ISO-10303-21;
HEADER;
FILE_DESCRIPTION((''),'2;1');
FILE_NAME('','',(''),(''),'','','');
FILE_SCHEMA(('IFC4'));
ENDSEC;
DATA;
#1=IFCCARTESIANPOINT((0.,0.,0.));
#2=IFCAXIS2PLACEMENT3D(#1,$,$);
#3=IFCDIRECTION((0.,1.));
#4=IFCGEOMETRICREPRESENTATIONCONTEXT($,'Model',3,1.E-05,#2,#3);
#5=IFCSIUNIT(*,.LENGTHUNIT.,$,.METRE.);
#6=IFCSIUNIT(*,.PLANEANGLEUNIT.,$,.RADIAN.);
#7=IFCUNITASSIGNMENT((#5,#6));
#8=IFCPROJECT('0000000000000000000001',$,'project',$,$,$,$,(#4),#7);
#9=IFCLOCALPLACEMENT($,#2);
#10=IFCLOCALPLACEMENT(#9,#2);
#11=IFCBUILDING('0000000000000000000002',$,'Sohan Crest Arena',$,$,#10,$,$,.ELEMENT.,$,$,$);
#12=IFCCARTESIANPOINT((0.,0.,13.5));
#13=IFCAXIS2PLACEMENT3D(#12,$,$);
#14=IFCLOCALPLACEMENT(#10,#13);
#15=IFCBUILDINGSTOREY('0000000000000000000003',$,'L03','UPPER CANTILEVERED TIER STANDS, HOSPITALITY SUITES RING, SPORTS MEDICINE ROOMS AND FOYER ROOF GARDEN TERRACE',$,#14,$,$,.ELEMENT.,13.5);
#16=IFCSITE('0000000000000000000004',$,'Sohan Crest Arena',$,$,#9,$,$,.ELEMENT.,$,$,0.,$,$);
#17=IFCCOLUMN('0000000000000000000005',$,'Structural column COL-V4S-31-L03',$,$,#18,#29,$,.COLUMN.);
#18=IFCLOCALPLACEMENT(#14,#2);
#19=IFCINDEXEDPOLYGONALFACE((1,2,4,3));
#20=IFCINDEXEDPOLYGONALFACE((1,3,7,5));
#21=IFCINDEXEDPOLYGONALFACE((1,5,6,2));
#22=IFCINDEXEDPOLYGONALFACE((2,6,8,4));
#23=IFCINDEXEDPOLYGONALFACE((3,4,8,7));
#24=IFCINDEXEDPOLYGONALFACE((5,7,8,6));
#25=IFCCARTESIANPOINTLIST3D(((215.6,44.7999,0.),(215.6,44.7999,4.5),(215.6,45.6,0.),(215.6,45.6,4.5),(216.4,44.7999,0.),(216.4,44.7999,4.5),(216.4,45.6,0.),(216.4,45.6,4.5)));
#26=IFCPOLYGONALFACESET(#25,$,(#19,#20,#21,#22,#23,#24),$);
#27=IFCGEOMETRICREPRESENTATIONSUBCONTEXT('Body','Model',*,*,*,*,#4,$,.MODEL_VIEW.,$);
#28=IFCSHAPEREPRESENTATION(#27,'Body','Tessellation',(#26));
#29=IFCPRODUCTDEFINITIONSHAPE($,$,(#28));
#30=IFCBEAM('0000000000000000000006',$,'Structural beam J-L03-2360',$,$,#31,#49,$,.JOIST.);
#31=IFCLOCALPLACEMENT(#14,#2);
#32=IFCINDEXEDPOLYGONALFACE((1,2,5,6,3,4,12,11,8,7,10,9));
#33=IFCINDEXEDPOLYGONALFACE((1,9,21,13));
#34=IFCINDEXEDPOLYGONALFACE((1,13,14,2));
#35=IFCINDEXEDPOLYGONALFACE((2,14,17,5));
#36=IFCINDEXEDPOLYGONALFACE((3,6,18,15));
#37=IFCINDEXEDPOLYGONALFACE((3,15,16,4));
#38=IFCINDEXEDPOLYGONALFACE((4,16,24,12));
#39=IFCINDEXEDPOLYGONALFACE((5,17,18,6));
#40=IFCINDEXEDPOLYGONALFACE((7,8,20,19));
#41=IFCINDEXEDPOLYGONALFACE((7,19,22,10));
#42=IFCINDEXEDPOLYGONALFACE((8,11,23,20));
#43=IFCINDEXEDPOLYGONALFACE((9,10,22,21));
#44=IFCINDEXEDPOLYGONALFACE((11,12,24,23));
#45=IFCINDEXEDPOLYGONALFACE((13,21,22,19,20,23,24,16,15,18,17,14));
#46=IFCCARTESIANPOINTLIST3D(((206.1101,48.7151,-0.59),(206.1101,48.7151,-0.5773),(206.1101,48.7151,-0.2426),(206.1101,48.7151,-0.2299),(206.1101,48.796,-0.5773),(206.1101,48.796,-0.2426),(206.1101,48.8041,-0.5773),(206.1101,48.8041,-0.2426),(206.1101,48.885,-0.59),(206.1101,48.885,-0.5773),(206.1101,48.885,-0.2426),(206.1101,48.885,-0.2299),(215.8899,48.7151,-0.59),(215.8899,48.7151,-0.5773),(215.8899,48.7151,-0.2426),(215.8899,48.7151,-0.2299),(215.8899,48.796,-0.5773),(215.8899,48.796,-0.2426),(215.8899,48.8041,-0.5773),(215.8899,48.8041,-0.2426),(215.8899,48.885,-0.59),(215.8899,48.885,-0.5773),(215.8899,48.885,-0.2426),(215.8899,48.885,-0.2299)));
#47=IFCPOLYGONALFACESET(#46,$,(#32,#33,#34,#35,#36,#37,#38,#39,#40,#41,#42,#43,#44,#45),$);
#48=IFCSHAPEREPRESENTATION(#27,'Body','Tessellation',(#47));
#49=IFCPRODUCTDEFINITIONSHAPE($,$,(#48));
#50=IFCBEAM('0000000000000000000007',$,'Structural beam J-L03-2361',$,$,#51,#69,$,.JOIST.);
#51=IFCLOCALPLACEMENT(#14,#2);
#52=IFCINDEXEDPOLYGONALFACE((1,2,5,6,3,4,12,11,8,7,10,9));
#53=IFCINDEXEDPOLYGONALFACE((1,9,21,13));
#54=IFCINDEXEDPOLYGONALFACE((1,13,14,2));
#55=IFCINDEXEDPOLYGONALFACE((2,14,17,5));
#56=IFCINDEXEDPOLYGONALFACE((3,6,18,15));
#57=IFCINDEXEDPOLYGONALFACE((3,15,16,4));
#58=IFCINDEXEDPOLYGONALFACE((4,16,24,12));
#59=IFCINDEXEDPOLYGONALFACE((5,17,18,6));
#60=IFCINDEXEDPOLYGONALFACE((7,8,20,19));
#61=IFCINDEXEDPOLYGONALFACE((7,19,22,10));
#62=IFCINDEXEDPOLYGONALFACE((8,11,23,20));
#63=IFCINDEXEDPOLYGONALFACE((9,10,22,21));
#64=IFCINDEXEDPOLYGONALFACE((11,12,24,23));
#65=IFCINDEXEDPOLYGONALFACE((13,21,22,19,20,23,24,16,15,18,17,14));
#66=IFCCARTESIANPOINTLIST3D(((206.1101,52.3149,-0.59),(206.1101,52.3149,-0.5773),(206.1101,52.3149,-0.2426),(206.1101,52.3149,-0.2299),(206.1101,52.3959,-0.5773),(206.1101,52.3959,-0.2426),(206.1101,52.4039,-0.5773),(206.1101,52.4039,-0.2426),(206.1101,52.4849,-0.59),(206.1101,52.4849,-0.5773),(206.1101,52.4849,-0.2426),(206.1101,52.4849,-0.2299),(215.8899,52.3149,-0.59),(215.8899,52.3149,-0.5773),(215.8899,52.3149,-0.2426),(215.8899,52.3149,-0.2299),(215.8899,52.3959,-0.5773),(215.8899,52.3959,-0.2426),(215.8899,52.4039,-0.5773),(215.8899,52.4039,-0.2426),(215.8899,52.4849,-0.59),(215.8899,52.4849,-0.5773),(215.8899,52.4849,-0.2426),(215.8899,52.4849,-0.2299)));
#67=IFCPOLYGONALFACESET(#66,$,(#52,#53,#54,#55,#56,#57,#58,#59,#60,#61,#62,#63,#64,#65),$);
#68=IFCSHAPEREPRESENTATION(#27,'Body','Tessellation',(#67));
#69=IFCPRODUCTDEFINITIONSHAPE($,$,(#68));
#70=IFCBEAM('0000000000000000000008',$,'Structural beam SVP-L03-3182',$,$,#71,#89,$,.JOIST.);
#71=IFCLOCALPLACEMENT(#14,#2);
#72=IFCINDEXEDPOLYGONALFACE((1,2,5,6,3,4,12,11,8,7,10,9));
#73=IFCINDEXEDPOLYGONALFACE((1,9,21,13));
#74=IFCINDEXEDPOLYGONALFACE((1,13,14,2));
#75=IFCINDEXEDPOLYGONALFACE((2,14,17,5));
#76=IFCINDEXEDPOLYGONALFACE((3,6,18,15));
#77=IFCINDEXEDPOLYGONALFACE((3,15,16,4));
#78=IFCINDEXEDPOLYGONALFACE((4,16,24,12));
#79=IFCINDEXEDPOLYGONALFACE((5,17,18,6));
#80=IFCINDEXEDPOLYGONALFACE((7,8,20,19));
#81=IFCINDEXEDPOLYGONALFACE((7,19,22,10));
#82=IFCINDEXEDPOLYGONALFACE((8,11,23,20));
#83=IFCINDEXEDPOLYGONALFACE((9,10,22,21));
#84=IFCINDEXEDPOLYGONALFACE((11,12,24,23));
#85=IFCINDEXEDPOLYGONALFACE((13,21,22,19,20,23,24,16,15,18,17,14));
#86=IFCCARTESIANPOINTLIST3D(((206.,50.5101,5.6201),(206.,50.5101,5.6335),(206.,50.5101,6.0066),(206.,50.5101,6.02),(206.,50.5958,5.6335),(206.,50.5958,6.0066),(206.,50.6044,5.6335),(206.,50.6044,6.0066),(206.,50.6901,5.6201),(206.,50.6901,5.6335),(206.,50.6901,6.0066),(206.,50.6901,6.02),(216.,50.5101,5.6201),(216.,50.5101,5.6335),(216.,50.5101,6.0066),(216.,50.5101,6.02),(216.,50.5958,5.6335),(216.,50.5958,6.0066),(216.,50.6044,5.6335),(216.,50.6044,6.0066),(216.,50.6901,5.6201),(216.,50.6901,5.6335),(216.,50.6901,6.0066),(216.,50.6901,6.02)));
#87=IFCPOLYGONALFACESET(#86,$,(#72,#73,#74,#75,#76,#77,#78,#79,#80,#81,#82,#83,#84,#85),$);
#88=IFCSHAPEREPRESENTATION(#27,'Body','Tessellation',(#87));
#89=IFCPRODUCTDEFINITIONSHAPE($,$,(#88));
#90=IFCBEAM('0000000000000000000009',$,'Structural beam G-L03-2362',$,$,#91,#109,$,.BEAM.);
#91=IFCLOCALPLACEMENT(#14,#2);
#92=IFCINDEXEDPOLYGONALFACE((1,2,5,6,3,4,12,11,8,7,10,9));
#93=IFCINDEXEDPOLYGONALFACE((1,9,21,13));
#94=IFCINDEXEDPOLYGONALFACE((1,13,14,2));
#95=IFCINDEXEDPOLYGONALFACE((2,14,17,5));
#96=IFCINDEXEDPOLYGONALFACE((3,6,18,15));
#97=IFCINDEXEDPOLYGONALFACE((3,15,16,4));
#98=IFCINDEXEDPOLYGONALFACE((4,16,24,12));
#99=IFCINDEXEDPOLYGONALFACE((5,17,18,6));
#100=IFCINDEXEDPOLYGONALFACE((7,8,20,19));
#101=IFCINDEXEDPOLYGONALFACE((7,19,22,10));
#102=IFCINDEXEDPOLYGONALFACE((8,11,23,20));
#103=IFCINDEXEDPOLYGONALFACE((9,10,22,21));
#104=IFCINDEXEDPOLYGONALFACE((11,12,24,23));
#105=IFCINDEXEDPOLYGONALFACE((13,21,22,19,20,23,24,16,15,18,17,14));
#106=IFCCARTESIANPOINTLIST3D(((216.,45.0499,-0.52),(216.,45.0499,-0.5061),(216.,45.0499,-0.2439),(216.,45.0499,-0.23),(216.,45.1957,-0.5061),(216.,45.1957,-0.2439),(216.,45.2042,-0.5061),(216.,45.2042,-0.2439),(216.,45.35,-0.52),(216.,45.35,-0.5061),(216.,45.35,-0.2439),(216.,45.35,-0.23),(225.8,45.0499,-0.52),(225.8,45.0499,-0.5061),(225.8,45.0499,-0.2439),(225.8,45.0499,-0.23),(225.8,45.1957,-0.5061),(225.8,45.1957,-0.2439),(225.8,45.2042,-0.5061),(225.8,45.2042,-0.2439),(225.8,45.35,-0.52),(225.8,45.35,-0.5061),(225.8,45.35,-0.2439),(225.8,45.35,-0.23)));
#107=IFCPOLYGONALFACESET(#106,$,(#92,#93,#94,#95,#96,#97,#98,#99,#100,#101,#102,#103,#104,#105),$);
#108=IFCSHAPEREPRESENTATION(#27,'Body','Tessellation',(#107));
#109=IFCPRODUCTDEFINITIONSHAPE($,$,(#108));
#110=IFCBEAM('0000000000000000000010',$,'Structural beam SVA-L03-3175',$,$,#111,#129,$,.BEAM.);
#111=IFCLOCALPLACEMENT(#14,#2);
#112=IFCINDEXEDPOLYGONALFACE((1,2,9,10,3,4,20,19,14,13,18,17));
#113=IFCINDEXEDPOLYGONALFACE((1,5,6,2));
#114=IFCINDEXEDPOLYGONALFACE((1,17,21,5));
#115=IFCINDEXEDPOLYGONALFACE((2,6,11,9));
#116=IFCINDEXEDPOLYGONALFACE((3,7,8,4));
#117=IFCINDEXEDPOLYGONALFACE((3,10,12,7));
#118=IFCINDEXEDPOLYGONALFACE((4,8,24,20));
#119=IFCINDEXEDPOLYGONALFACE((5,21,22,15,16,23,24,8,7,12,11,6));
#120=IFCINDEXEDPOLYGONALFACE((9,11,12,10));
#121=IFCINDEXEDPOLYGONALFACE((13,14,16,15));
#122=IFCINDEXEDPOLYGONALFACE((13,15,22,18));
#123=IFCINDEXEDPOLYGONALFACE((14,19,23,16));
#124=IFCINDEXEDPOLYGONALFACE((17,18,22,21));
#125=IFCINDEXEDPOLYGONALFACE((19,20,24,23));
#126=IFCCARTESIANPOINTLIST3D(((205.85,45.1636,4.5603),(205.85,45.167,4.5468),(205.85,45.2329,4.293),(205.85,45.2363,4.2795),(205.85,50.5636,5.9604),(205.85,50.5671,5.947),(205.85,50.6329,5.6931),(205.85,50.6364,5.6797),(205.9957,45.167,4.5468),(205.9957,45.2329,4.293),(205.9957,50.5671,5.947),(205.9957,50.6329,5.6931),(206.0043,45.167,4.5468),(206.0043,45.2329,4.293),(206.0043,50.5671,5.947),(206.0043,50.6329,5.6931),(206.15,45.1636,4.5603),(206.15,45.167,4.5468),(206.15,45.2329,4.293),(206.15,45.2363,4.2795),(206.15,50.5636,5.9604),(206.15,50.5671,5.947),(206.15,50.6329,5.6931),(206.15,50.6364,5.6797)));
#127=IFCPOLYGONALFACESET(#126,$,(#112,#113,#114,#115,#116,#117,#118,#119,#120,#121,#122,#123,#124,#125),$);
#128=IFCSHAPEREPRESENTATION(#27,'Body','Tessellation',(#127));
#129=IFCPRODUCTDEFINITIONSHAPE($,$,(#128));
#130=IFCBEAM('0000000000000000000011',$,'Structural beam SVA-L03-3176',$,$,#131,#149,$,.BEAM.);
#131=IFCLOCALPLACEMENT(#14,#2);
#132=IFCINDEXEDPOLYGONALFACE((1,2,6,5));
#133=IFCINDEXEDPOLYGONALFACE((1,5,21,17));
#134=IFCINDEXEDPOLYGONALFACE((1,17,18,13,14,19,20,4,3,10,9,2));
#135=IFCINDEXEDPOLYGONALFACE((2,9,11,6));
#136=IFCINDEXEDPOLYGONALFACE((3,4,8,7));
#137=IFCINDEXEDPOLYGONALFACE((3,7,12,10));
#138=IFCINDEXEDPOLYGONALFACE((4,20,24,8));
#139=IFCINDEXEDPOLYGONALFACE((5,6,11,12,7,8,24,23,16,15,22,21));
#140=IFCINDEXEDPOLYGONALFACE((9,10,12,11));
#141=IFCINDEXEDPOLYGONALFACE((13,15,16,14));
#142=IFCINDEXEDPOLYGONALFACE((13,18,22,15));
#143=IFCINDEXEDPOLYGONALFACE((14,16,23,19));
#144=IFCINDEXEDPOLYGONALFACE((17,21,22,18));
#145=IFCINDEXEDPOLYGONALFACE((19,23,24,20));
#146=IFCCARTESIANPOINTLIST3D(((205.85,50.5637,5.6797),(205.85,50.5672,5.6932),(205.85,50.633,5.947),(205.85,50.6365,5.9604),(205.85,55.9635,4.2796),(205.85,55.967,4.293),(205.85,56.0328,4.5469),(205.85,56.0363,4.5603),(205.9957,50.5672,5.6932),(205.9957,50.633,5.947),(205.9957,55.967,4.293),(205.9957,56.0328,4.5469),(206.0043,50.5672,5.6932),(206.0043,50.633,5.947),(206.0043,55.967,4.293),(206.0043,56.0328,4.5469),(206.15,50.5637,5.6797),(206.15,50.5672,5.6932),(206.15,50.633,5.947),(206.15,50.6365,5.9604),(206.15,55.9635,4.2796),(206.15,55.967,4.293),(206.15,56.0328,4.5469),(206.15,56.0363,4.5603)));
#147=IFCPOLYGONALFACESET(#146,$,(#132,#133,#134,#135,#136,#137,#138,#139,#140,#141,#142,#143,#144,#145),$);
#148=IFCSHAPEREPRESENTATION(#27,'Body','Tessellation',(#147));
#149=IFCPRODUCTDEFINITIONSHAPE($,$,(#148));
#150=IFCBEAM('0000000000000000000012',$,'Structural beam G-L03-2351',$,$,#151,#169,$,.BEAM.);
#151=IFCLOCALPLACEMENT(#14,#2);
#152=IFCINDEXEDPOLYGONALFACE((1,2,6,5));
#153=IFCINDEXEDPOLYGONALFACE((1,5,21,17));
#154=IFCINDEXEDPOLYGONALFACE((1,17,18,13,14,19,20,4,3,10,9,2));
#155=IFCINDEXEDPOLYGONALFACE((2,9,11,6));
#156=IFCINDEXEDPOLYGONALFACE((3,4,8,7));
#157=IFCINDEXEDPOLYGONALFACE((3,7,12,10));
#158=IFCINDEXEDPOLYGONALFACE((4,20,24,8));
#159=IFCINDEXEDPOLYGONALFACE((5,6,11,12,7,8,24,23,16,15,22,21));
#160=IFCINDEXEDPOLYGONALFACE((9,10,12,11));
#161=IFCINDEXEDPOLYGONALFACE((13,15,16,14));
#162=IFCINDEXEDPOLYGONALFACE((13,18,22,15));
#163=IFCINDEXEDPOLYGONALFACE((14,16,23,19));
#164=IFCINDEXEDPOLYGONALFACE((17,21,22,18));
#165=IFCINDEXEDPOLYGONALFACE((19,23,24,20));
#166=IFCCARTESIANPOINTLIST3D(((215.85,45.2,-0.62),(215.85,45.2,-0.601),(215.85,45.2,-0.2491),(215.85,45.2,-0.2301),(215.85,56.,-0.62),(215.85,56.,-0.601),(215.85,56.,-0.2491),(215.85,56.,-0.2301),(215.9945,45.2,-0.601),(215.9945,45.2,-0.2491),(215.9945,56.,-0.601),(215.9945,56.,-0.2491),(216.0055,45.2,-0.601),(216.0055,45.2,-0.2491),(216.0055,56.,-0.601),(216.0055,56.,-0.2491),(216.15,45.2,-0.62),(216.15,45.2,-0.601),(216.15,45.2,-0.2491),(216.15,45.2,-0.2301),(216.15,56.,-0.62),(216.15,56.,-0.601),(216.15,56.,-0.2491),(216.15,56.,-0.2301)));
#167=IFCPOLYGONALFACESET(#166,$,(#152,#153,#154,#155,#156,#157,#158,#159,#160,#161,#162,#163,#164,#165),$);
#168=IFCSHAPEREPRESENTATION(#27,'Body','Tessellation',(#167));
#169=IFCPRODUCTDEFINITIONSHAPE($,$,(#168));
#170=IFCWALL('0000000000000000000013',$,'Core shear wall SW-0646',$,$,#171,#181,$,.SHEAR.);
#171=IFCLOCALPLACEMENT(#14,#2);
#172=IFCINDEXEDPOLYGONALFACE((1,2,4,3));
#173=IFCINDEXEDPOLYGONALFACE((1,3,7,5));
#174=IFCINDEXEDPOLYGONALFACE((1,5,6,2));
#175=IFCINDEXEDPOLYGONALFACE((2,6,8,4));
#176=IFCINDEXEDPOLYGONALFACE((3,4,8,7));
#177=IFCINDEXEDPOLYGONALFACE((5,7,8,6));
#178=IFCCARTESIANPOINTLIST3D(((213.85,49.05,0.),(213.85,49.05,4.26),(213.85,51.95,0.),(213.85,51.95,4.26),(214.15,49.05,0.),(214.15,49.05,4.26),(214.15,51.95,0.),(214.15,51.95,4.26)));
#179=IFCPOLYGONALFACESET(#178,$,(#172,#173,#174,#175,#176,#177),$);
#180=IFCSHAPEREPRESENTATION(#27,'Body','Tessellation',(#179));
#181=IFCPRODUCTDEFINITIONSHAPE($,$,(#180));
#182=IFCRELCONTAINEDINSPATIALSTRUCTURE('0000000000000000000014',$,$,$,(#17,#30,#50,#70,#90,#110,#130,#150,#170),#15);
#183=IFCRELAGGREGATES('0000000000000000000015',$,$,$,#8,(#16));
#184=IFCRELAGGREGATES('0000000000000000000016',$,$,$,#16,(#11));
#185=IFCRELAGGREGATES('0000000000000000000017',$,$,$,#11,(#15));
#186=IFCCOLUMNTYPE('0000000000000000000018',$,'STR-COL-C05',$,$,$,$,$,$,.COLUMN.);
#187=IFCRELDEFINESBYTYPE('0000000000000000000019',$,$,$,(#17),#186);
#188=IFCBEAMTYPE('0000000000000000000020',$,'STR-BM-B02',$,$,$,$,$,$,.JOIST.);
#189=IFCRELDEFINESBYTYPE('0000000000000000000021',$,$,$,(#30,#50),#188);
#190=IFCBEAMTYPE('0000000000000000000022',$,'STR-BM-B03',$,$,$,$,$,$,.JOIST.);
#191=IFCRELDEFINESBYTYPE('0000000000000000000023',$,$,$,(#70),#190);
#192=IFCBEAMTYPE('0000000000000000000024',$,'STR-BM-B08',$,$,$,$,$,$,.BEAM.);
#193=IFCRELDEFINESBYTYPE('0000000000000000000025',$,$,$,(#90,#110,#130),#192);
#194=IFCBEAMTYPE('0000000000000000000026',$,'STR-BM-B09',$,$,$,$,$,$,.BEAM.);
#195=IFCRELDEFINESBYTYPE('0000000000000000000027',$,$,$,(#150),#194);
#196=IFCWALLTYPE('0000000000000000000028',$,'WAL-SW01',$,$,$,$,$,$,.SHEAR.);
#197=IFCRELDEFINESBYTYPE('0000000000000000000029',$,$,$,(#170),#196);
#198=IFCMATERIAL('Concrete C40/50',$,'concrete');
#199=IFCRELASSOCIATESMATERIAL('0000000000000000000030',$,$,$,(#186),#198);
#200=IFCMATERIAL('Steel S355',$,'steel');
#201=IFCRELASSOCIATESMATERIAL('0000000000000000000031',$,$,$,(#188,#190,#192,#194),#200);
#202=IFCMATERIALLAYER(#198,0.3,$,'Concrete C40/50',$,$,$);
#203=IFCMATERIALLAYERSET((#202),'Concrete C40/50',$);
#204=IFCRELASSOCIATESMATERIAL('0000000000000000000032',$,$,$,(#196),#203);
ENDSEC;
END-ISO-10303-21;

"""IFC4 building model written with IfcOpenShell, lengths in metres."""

from ifc_helpers import new_model, si_unit, direction, frame, frame_2d, origin, origin_2d, place, context, subcontext, project, spatial, rectangle, i_section, extrude, material, layer, layer_set, material_profile, profile_set, type_object, element, save


model = new_model("IFC4")

# Units and contexts
model_context = context("Model", 3, precision=1e-05, world=origin(), true_north=direction((0.0, 1.0)))
body_context = subcontext(model_context, "Body", "Model", "MODEL_VIEW")
ifc_project = project(units=[si_unit("LENGTHUNIT", "METRE"), si_unit("PLANEANGLEUNIT", "RADIAN")], contexts=[model_context])

# Site, building, storey
site_placement = place(None, origin())
site = spatial("IfcSite", under=ifc_project, at=site_placement, Name="Sohan Crest Arena", CompositionType="ELEMENT", RefElevation=0.0)
building_placement = place(site_placement, origin())
building = spatial("IfcBuilding", under=site, at=building_placement, Name="Sohan Crest Arena", CompositionType="ELEMENT")
storey_placement = place(building_placement, frame((0.0, 0.0, 13.5)))
storey = spatial("IfcBuildingStorey", under=building, at=storey_placement, Name="L03", Description="UPPER CANTILEVERED TIER STANDS, HOSPITALITY SUITES RING, SPORTS MEDICINE ROOMS AND FOYER ROOF GARDEN TERRACE", CompositionType="ELEMENT", Elevation=13.5)

# Column
ifc_material_1 = material(Name="Concrete C40/50", Category="concrete")
ifc_material_profile_1 = material_profile(ifc_material_1, rectangle(XDim=0.8, YDim=0.8, at=origin_2d()), Name="RC 800x800")
ifc_profile_set_1 = profile_set([ifc_material_profile_1], Name="Concrete C40/50")
column_type = type_object("IfcColumnType", Name="STR-COL-C05", PredefinedType="COLUMN", material=ifc_profile_set_1)
column_placement = place(storey_placement, frame((216.0, 45.2, 0.0), z_axis=(0.0, 0.0, 1.0), x_axis=(1.0, 0.0, 0.0)))
element("IfcColumn", 1, at=column_placement, inside=storey, type_object=column_type, Name="Structural column COL-V4S-31-L03", PredefinedType="COLUMN", context=body_context, shape_type="SweptSolid", body=[
    extrude(rectangle(XDim=0.8, YDim=0.8, at=origin_2d()), origin(), (0.0, 0.0, 1.0), 4.5),
])

# Beams
ifc_material_2 = material(Name="Steel S355", Category="steel")
ifc_material_profile_2 = material_profile(ifc_material_2, i_section(OverallWidth=0.1699, OverallDepth=0.3601, WebThickness=0.0081, FlangeThickness=0.0127, at=origin_2d()), Name="IPE 360")
ifc_profile_set_2 = profile_set([ifc_material_profile_2], Name="Steel S355")
beam_type_1 = type_object("IfcBeamType", Name="STR-BM-B02", PredefinedType="JOIST", material=ifc_profile_set_2)
for number, where, z_axis, x_axis, name in (
    (2, (206.1101, 48.8, -0.4099), (1.0, 0.0, 0.0), (0.0, 1.0, 0.0), "Structural beam J-L03-2360"),
    (3, (206.1101, 52.3999, -0.4099), (1.0, 0.0, 0.0), (0.0, 1.0, 0.0), "Structural beam J-L03-2361"),
):
    element("IfcBeam", number, at=place(storey_placement, frame(where, z_axis=z_axis, x_axis=x_axis)), inside=storey, type_object=beam_type_1, Name=name, PredefinedType="JOIST", context=body_context, shape_type="SweptSolid", body=[
        extrude(i_section(OverallWidth=0.1699, OverallDepth=0.3601, WebThickness=0.0081, FlangeThickness=0.0127, at=origin_2d()), origin(), (0.0, 0.0, 1.0), 9.7798),
    ])
ifc_material_profile_3 = material_profile(ifc_material_2, i_section(OverallWidth=0.1799, OverallDepth=0.3999, WebThickness=0.0085, FlangeThickness=0.0134, at=origin_2d()), Name="IPE 400")
ifc_profile_set_3 = profile_set([ifc_material_profile_3], Name="Steel S355")
beam_type_2 = type_object("IfcBeamType", Name="STR-BM-B03", PredefinedType="JOIST", material=ifc_profile_set_3)
beam_1_placement = place(storey_placement, frame((206.0, 50.6001, 5.8201), z_axis=(1.0, 0.0, 0.0), x_axis=(0.0, 1.0, 0.0)))
element("IfcBeam", 4, at=beam_1_placement, inside=storey, type_object=beam_type_2, Name="Structural beam SVP-L03-3182", PredefinedType="JOIST", context=body_context, shape_type="SweptSolid", body=[
    extrude(i_section(OverallWidth=0.1799, OverallDepth=0.3999, WebThickness=0.0085, FlangeThickness=0.0134, at=origin_2d()), origin(), (0.0, 0.0, 1.0), 10.0),
])
ifc_material_profile_4 = material_profile(ifc_material_2, i_section(OverallWidth=0.3, OverallDepth=0.29, WebThickness=0.0085, FlangeThickness=0.0139, at=origin_2d()), Name="HEA 300")
ifc_profile_set_4 = profile_set([ifc_material_profile_4], Name="Steel S355")
beam_type_3 = type_object("IfcBeamType", Name="STR-BM-B08", PredefinedType="BEAM", material=ifc_profile_set_4)
beam_2_placement = place(storey_placement, frame((216.0, 45.2, -0.375), z_axis=(1.0, 0.0, 0.0), x_axis=(0.0, 1.0, 0.0)))
element("IfcBeam", 5, at=beam_2_placement, inside=storey, type_object=beam_type_3, Name="Structural beam G-L03-2362", PredefinedType="BEAM", context=body_context, shape_type="SweptSolid", body=[
    extrude(i_section(OverallWidth=0.3, OverallDepth=0.29, WebThickness=0.0085, FlangeThickness=0.0139, at=origin_2d()), origin(), (0.0, 0.0, 1.0), 9.8),
])
beam_3_placement = place(storey_placement, frame((206.0, 45.2, 4.4199), z_axis=(0.0, 0.967992, 0.25098), x_axis=(-1.0, 0.0, 0.0)))
element("IfcBeam", 6, at=beam_3_placement, inside=storey, type_object=beam_type_3, Name="Structural beam SVA-L03-3175", PredefinedType="BEAM", context=body_context, shape_type="SweptSolid", body=[
    extrude(i_section(OverallWidth=0.3, OverallDepth=0.29, WebThickness=0.0085, FlangeThickness=0.0139, at=origin_2d()), origin(), (0.0, 0.0, 1.0), 5.5786),
])
beam_4_placement = place(storey_placement, frame((206.0, 50.6001, 5.8201), z_axis=(0.0, 0.967989, -0.250991), x_axis=(-1.0, 0.0, 0.0)))
element("IfcBeam", 7, at=beam_4_placement, inside=storey, type_object=beam_type_3, Name="Structural beam SVA-L03-3176", PredefinedType="BEAM", context=body_context, shape_type="SweptSolid", body=[
    extrude(i_section(OverallWidth=0.3, OverallDepth=0.29, WebThickness=0.0085, FlangeThickness=0.0139, at=origin_2d()), origin(), (0.0, 0.0, 1.0), 5.5784),
])
ifc_material_profile_5 = material_profile(ifc_material_2, i_section(OverallWidth=0.3, OverallDepth=0.3899, WebThickness=0.011, FlangeThickness=0.019, at=origin_2d()), Name="HEA 400")
ifc_profile_set_5 = profile_set([ifc_material_profile_5], Name="Steel S355")
beam_type_4 = type_object("IfcBeamType", Name="STR-BM-B09", PredefinedType="BEAM", material=ifc_profile_set_5)
beam_5_placement = place(storey_placement, frame((216.0, 45.2, -0.425), z_axis=(0.0, 1.0, 0.0), x_axis=(-1.0, 0.0, 0.0)))
element("IfcBeam", 8, at=beam_5_placement, inside=storey, type_object=beam_type_4, Name="Structural beam G-L03-2351", PredefinedType="BEAM", context=body_context, shape_type="SweptSolid", body=[
    extrude(i_section(OverallWidth=0.3, OverallDepth=0.3899, WebThickness=0.011, FlangeThickness=0.019, at=origin_2d()), origin(), (0.0, 0.0, 1.0), 10.8),
])

# Wall
ifc_layer_1 = layer(ifc_material_1, 0.3, Name="Concrete C40/50")
ifc_layer_set_1 = layer_set([ifc_layer_1], Name="Concrete C40/50")
wall_type_1 = type_object("IfcWallType", Name="WAL-SW01", PredefinedType="SHEAR", material=ifc_layer_set_1)
wall_1_placement = place(storey_placement, frame((214.0, 49.05, 0.0), z_axis=(0.0, 0.0, 1.0), x_axis=(0.0, 1.0, 0.0)))
element("IfcWall", 9, at=wall_1_placement, inside=storey, type_object=wall_type_1, Name="Core shear wall SW-0646", PredefinedType="SHEAR", context=body_context, shape_type="SweptSolid", body=[
    extrude(rectangle(XDim=2.8999, YDim=0.3, at=frame_2d((1.45, 0.0))), origin(), (0.0, 0.0, 1.0), 4.26),
])

save(model, "model.ifc")
